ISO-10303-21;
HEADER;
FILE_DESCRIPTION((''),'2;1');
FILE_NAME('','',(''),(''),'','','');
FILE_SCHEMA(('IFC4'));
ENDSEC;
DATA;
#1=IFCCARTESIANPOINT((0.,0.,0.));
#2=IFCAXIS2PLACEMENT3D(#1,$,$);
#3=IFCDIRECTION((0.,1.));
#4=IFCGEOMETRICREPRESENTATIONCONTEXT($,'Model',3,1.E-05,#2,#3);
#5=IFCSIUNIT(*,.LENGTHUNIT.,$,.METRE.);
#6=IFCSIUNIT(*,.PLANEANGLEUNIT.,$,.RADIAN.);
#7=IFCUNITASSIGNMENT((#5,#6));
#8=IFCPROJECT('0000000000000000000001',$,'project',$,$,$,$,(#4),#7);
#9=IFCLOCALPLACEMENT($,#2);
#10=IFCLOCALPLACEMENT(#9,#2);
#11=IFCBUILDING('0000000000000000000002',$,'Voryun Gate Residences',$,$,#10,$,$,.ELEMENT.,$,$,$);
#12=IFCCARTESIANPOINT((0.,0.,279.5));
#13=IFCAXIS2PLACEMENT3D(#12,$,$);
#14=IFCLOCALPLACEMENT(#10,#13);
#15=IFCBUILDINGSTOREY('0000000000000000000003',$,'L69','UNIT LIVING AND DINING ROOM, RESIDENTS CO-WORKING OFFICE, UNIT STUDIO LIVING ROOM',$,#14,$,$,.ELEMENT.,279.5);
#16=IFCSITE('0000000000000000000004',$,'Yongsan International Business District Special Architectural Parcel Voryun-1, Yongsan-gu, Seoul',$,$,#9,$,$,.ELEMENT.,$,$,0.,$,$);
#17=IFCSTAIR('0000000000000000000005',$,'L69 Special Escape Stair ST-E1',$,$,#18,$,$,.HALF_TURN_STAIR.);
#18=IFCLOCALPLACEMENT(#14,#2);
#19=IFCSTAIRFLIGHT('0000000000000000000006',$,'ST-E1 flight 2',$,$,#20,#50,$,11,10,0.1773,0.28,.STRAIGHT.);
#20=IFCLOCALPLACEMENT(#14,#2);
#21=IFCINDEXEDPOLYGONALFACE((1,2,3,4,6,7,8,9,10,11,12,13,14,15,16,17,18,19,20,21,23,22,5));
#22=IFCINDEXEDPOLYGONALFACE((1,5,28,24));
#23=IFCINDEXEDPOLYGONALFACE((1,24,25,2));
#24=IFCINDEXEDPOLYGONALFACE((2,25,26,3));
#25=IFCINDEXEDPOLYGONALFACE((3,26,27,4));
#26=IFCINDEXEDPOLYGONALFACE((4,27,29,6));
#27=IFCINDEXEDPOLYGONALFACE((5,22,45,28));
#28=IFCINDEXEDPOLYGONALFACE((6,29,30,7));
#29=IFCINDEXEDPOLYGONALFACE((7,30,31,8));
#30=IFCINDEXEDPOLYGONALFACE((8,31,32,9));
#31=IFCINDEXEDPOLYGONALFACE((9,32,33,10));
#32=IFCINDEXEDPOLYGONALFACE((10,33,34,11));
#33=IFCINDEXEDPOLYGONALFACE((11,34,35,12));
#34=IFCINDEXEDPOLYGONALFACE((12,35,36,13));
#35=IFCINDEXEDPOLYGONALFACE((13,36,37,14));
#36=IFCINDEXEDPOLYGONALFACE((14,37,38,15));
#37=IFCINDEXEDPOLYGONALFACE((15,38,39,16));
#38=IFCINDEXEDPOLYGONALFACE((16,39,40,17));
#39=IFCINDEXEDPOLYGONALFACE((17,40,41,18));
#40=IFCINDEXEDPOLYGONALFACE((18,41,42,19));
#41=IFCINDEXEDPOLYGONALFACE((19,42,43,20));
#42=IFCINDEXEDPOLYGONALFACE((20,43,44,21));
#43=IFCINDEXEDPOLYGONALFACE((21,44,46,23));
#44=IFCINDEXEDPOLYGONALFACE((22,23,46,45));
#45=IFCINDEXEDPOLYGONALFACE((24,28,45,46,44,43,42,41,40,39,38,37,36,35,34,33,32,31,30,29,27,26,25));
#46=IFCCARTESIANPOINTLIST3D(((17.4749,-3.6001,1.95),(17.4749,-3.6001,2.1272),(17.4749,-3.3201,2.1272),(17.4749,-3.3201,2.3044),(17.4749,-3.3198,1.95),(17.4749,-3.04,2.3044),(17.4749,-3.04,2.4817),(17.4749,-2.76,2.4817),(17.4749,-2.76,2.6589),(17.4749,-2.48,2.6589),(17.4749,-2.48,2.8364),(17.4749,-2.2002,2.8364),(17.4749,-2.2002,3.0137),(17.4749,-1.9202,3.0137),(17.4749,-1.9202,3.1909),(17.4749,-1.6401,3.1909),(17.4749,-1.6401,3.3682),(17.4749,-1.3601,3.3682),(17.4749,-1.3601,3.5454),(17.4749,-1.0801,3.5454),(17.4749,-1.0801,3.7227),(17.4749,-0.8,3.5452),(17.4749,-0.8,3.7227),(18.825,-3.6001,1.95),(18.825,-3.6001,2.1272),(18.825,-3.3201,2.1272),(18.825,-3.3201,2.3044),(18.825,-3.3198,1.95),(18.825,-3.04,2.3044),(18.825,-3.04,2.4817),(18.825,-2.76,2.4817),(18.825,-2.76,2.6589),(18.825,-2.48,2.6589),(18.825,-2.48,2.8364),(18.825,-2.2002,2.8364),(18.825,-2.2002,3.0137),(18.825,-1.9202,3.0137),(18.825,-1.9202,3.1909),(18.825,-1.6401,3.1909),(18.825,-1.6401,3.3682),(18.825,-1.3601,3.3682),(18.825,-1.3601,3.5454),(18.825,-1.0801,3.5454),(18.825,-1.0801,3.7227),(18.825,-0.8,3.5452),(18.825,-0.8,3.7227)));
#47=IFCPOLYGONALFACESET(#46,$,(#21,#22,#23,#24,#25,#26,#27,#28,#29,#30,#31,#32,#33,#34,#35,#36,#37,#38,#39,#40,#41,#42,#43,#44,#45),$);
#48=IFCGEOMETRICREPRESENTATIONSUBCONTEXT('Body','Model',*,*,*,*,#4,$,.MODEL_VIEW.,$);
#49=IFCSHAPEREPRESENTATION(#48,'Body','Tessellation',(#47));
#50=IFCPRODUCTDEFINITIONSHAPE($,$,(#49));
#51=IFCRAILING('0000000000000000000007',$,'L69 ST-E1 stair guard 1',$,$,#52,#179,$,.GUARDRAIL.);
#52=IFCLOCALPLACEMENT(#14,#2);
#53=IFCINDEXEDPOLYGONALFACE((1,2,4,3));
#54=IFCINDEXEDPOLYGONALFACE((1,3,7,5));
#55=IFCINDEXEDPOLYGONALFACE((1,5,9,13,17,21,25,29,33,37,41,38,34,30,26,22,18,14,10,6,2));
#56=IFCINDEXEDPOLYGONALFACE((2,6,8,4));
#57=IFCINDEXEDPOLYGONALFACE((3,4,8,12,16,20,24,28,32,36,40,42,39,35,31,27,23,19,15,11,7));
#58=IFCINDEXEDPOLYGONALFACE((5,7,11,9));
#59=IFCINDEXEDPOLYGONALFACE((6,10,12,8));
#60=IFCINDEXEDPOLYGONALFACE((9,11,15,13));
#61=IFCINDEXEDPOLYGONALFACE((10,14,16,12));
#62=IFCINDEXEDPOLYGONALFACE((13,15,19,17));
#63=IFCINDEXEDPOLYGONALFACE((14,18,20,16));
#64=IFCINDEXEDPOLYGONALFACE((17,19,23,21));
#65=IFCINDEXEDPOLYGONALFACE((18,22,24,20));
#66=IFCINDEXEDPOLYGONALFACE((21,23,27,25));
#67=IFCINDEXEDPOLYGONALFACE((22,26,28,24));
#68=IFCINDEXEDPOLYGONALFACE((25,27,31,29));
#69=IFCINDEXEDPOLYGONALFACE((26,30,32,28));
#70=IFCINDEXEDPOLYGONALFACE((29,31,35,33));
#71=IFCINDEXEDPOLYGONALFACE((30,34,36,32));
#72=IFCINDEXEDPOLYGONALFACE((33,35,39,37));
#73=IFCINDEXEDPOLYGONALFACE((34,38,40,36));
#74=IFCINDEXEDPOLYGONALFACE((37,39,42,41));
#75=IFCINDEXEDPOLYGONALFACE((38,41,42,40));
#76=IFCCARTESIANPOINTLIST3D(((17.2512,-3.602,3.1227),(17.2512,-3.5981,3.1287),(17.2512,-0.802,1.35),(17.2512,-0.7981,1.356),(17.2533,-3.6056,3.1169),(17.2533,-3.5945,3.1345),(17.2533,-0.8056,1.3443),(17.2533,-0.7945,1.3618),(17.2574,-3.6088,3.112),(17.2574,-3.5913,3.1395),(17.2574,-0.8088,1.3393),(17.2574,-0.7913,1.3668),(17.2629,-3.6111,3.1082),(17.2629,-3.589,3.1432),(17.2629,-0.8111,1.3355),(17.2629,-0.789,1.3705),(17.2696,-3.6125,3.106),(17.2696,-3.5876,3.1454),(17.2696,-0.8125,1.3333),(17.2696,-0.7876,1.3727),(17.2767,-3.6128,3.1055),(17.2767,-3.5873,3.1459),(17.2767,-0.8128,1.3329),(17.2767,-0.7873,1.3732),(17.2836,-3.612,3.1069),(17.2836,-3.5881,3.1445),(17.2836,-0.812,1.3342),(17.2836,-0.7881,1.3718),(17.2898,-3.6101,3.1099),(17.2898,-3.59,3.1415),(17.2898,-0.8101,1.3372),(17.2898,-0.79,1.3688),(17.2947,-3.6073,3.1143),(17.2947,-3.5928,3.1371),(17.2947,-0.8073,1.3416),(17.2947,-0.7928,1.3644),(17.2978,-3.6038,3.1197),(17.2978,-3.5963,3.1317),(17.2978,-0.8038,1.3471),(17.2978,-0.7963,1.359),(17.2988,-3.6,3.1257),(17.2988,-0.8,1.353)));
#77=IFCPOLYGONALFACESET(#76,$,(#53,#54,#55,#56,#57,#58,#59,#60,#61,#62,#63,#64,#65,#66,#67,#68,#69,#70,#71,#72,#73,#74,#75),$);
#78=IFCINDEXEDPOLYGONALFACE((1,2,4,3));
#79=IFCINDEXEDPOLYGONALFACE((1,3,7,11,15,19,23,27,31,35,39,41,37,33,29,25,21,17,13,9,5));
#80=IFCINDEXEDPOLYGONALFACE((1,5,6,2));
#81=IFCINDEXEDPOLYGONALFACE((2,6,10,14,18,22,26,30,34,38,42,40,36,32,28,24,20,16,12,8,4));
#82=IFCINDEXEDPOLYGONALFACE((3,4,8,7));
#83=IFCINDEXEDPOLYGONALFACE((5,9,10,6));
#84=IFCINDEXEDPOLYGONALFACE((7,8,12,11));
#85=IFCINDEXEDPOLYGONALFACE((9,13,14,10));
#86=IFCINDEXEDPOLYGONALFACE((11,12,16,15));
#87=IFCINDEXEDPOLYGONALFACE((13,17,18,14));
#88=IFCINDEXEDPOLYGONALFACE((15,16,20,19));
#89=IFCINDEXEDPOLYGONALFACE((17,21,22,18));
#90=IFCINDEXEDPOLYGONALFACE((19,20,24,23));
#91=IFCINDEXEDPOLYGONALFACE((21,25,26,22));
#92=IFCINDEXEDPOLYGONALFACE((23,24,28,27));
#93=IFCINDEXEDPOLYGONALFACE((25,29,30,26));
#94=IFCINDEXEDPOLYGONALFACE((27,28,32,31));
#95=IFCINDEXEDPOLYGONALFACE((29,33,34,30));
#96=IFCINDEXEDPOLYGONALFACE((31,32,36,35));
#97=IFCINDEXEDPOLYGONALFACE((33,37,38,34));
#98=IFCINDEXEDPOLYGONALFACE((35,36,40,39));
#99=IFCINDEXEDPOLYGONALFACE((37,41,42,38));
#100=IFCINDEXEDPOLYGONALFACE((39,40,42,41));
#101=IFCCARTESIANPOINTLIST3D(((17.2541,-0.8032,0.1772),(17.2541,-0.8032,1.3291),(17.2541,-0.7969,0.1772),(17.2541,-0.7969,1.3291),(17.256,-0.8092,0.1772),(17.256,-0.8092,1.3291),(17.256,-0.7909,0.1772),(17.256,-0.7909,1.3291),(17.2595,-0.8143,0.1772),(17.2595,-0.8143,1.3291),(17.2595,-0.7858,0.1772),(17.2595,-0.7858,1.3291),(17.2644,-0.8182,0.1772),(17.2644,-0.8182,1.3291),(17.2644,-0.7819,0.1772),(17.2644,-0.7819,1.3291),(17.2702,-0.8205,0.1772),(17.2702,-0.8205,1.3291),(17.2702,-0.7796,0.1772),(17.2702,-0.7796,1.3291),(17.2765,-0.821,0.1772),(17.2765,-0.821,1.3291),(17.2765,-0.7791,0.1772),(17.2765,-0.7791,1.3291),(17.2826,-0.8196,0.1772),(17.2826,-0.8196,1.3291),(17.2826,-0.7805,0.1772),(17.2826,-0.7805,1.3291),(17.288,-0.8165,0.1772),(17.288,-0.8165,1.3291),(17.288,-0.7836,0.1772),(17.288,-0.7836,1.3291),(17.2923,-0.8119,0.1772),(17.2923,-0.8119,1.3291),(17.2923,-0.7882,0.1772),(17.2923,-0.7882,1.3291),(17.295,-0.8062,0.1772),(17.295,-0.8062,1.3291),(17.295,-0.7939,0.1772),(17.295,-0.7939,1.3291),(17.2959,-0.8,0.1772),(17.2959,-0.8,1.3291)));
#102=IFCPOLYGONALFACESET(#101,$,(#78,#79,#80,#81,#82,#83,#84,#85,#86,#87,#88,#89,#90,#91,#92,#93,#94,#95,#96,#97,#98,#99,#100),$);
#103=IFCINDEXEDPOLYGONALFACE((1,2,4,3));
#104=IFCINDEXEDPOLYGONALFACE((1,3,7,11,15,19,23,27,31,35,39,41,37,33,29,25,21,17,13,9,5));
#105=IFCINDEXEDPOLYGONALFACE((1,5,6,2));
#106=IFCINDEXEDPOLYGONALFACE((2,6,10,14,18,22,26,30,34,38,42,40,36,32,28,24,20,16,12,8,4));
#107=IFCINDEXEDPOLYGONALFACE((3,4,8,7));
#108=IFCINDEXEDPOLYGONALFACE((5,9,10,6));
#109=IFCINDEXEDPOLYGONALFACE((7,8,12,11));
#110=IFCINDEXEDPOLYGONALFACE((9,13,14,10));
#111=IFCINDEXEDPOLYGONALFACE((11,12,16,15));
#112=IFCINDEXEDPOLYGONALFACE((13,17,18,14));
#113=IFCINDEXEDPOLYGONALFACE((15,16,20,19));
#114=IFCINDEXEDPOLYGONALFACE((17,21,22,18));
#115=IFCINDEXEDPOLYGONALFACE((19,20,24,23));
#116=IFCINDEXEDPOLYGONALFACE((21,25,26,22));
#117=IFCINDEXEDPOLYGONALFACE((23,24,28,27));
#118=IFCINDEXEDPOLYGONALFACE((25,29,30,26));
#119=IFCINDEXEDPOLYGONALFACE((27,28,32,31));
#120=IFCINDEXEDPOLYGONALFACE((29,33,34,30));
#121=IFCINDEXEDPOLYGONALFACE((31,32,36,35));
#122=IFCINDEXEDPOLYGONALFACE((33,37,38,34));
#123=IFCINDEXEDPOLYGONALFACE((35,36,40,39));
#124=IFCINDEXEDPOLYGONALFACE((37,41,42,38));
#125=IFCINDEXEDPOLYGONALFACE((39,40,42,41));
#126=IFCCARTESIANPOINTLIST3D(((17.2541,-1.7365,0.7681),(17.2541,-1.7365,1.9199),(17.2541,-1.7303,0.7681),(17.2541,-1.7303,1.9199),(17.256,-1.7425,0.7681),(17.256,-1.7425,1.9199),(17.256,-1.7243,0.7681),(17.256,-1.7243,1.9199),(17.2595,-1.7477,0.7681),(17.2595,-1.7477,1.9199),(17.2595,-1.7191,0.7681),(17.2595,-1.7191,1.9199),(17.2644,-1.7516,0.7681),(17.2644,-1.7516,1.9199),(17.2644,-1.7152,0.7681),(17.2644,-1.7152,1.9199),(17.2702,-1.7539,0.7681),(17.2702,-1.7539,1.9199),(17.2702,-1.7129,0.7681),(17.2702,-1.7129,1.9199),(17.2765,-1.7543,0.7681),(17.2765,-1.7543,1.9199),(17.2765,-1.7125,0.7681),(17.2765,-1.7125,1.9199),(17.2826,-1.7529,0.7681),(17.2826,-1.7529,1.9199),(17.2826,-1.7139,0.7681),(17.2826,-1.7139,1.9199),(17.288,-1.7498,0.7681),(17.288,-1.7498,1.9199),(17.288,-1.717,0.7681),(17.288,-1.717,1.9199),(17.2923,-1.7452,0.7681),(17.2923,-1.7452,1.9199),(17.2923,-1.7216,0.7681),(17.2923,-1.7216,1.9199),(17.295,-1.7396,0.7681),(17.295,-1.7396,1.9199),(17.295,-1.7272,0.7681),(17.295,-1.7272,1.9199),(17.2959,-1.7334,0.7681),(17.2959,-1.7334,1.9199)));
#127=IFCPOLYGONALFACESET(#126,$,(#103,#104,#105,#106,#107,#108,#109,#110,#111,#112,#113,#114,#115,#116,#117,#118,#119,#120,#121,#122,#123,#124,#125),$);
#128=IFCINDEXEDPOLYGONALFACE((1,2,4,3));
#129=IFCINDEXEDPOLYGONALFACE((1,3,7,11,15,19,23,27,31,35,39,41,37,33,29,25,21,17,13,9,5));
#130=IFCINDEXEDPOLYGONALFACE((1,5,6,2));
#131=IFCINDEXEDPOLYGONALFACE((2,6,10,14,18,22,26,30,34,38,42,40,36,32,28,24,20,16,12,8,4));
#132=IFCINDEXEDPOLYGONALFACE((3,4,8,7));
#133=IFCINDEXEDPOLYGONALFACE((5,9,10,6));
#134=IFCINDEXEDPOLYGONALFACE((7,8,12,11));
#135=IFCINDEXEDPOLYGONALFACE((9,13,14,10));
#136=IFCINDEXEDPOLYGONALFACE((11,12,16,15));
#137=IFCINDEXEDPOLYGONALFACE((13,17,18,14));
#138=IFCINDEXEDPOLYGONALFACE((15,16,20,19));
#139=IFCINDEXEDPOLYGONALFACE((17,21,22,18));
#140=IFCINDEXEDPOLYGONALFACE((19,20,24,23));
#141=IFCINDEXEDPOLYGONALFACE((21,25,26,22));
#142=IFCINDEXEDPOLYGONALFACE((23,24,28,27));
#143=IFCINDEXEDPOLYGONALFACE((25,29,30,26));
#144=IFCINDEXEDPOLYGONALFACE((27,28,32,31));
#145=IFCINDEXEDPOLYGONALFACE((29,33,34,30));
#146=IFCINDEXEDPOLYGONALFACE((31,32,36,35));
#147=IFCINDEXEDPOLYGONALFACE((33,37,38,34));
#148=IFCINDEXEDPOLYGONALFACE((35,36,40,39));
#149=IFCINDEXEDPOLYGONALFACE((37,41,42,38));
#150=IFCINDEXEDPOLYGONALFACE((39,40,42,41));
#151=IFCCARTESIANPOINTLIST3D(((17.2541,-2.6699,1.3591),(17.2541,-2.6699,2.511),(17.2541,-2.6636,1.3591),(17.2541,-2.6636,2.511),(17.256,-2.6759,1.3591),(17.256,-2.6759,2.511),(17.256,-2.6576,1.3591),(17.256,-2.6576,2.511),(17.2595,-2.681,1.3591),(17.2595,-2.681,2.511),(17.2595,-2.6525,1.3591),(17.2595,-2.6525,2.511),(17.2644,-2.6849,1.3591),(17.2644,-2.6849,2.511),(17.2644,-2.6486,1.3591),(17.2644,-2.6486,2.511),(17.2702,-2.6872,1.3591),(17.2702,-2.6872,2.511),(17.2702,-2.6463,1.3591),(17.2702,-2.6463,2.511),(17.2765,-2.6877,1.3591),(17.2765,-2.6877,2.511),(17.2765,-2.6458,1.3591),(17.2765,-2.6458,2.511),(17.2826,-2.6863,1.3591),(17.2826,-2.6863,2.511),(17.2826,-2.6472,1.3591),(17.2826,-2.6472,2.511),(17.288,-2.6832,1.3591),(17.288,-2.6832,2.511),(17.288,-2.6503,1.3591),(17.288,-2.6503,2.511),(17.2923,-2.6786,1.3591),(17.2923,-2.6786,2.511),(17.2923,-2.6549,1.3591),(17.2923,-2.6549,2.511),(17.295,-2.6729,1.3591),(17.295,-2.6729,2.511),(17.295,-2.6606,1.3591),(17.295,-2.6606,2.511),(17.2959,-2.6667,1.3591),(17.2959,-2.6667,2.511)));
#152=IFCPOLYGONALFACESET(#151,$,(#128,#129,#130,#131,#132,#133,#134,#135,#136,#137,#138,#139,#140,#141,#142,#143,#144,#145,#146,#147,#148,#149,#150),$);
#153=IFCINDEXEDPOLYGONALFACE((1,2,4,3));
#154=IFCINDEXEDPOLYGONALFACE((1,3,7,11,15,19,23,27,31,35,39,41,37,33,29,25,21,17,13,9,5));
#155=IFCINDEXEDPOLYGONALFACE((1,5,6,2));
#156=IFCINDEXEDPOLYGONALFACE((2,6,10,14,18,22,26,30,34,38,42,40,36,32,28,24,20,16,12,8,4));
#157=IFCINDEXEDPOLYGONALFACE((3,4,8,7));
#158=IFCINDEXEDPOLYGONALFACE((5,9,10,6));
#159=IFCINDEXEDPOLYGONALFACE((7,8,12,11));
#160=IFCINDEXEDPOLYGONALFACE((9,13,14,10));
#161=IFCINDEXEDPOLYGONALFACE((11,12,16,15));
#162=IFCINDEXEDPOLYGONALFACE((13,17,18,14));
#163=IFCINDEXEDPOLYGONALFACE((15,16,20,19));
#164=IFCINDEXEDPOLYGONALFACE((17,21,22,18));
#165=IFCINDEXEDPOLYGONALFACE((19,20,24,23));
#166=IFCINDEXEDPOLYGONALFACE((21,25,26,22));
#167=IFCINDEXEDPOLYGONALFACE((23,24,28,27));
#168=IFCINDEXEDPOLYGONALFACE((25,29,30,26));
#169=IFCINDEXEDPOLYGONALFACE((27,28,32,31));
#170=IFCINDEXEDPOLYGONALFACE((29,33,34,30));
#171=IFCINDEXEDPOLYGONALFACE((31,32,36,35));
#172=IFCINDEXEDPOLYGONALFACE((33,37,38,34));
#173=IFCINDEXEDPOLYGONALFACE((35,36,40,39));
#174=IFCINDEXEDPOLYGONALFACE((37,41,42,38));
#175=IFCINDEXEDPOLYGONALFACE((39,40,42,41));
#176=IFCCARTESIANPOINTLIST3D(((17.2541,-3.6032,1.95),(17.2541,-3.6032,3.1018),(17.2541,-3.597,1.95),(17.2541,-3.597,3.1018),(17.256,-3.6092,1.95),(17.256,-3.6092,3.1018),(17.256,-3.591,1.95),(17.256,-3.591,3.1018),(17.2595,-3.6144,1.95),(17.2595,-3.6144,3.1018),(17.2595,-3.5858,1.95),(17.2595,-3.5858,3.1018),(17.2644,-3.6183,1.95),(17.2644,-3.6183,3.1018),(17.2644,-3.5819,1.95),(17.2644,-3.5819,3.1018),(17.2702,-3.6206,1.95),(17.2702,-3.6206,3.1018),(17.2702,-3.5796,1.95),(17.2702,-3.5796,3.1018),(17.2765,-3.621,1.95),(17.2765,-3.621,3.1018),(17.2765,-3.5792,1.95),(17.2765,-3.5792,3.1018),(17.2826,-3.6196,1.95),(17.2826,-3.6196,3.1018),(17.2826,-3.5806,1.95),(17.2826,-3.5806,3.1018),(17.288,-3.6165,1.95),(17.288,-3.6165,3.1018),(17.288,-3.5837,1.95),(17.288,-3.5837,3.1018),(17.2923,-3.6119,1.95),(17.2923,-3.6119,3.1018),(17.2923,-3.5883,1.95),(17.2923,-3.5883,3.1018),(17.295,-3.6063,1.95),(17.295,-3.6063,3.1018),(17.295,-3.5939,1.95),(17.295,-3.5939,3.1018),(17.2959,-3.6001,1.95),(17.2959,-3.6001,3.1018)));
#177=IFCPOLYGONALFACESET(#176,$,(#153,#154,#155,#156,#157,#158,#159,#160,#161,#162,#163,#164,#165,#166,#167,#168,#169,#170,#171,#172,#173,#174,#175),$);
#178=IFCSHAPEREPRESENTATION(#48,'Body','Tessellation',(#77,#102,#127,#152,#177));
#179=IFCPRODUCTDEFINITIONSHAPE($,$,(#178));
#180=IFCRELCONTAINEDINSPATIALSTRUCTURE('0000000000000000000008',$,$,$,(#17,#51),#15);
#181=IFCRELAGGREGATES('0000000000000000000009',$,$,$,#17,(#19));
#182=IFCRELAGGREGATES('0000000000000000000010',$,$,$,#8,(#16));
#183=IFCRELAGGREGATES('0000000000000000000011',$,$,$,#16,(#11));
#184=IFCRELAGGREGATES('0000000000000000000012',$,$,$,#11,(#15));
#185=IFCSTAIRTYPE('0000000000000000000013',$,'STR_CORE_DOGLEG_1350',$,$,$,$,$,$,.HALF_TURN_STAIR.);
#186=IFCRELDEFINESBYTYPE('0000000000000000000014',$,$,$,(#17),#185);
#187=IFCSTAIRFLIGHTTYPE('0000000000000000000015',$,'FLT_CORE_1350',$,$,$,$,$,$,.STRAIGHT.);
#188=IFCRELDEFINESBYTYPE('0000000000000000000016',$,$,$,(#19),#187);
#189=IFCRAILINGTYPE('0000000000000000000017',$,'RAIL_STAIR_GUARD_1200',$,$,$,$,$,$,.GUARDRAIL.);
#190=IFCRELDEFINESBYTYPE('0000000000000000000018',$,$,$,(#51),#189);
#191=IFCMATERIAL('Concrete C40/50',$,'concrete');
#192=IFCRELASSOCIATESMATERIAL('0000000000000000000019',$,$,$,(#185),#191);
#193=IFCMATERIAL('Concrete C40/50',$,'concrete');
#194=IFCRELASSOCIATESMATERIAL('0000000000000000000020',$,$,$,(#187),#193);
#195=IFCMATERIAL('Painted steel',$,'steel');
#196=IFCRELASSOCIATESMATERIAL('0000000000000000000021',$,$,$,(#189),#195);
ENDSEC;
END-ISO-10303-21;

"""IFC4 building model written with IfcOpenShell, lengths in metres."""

from ifc_helpers import new_model, si_unit, direction, frame, origin, origin_2d, place, context, subcontext, project, spatial, polyline, circle, outline, extrude, material, type_object, element, aggregate, save


model = new_model("IFC4")

# Units and contexts
model_context = context("Model", 3, precision=1e-05, world=origin(), true_north=direction((0.0, 1.0)))
body_context = subcontext(model_context, "Body", "Model", "MODEL_VIEW")
ifc_project = project(units=[si_unit("LENGTHUNIT", "METRE"), si_unit("PLANEANGLEUNIT", "RADIAN")], contexts=[model_context])

# Site, building, storey
site_placement = place(None, origin())
site = spatial("IfcSite", under=ifc_project, at=site_placement, Name="Yongsan International Business District Special Architectural Parcel Voryun-1, Yongsan-gu, Seoul", CompositionType="ELEMENT", RefElevation=0.0)
building_placement = place(site_placement, origin())
building = spatial("IfcBuilding", under=site, at=building_placement, Name="Voryun Gate Residences", CompositionType="ELEMENT")
storey_placement = place(building_placement, frame((0.0, 0.0, 279.5)))
storey = spatial("IfcBuildingStorey", under=building, at=storey_placement, Name="L69", Description="UNIT LIVING AND DINING ROOM, RESIDENTS CO-WORKING OFFICE, UNIT STUDIO LIVING ROOM", CompositionType="ELEMENT", Elevation=279.5)

# Stair, stair flight
ifc_material_1 = material(Name="Concrete C40/50", Category="concrete")
stair_type = type_object("IfcStairType", Name="STR_CORE_DOGLEG_1350", PredefinedType="HALF_TURN_STAIR", material=ifc_material_1)
stair_placement = place(storey_placement, origin())
stair = element("IfcStair", 1, at=stair_placement, inside=storey, type_object=stair_type, Name="L69 Special Escape Stair ST-E1", PredefinedType="HALF_TURN_STAIR")
ifc_material_2 = material(Name="Concrete C40/50", Category="concrete")
stair_flight_type = type_object("IfcStairFlightType", Name="FLT_CORE_1350", PredefinedType="STRAIGHT", material=ifc_material_2)
stair_flight_1_placement = place(storey_placement, frame((18.1499, -3.6001, 1.95), z_axis=(0.0, 0.0, 1.0), x_axis=(0.0, 1.0, 0.0)))
stair_flight_1 = element("IfcStairFlight", 2, at=stair_flight_1_placement, type_object=stair_flight_type, Name="ST-E1 flight 2", NumberOfRisers=11, NumberOfTreads=10, PredefinedType="STRAIGHT", RiserHeight=0.1773, TreadLength=0.28, context=body_context, shape_type="SweptSolid", body=[
    extrude(outline(polyline([(0.0, 0.0), (0.0, 0.1772), (0.28, 0.1772), (0.28, 0.3545), (0.5601, 0.3545), (0.5601, 0.5317), (0.8401, 0.5317), (0.8401, 0.709), (1.1201, 0.709), (1.1201, 0.8865), (1.3999, 0.8865), (1.3999, 1.0637), (1.6799, 1.0637), (1.6799, 1.241), (1.96, 1.241), (1.96, 1.4182), (2.24, 1.4182), (2.24, 1.5955), (2.52, 1.5955), (2.52, 1.7727), (2.8, 1.7727), (2.8, 1.95), (2.8, 1.5952), (0.2803, 0.0), (0.0, 0.0)])), frame((0.0, 0.675, 0.0), z_axis=(0.0, -1.0, 0.0), x_axis=(1.0, 0.0, 0.0)), (0.0, 0.0, 1.0), 1.3501),
])
aggregate(stair, [stair_flight_1])

# Railing
ifc_material_3 = material(Name="Painted steel", Category="steel")
railing_type_1 = type_object("IfcRailingType", Name="RAIL_STAIR_GUARD_1200", PredefinedType="GUARDRAIL", material=ifc_material_3)
railing_1_placement = place(storey_placement, frame((17.2749, -0.8, 0.1772)))
element("IfcRailing", 3, at=railing_1_placement, inside=storey, type_object=railing_type_1, Name="L69 ST-E1 stair guard 1", PredefinedType="GUARDRAIL", context=body_context, shape_type="SweptSolid", body=[
    extrude(circle(Radius=0.0239, at=origin_2d()), frame((0.0, 0.0, 1.1758), z_axis=(0.0, -0.844909, 0.53491), x_axis=(1.0, 0.0, 0.0)), (0.0, 0.0, 1.0), 3.314),
    extrude(circle(Radius=0.021, at=origin_2d()), origin(), (0.0, 0.0, 1.0), 1.1519),
    extrude(circle(Radius=0.021, at=origin_2d()), frame((0.0, -0.9333, 0.5908)), (0.0, 0.0, 1.0), 1.1519),
    extrude(circle(Radius=0.021, at=origin_2d()), frame((0.0, -1.8667, 1.1819)), (0.0, 0.0, 1.0), 1.1519),
    extrude(circle(Radius=0.021, at=origin_2d()), frame((0.0, -2.8, 1.7727)), (0.0, 0.0, 1.0), 1.1519),
])

save(model, "model.ifc")
